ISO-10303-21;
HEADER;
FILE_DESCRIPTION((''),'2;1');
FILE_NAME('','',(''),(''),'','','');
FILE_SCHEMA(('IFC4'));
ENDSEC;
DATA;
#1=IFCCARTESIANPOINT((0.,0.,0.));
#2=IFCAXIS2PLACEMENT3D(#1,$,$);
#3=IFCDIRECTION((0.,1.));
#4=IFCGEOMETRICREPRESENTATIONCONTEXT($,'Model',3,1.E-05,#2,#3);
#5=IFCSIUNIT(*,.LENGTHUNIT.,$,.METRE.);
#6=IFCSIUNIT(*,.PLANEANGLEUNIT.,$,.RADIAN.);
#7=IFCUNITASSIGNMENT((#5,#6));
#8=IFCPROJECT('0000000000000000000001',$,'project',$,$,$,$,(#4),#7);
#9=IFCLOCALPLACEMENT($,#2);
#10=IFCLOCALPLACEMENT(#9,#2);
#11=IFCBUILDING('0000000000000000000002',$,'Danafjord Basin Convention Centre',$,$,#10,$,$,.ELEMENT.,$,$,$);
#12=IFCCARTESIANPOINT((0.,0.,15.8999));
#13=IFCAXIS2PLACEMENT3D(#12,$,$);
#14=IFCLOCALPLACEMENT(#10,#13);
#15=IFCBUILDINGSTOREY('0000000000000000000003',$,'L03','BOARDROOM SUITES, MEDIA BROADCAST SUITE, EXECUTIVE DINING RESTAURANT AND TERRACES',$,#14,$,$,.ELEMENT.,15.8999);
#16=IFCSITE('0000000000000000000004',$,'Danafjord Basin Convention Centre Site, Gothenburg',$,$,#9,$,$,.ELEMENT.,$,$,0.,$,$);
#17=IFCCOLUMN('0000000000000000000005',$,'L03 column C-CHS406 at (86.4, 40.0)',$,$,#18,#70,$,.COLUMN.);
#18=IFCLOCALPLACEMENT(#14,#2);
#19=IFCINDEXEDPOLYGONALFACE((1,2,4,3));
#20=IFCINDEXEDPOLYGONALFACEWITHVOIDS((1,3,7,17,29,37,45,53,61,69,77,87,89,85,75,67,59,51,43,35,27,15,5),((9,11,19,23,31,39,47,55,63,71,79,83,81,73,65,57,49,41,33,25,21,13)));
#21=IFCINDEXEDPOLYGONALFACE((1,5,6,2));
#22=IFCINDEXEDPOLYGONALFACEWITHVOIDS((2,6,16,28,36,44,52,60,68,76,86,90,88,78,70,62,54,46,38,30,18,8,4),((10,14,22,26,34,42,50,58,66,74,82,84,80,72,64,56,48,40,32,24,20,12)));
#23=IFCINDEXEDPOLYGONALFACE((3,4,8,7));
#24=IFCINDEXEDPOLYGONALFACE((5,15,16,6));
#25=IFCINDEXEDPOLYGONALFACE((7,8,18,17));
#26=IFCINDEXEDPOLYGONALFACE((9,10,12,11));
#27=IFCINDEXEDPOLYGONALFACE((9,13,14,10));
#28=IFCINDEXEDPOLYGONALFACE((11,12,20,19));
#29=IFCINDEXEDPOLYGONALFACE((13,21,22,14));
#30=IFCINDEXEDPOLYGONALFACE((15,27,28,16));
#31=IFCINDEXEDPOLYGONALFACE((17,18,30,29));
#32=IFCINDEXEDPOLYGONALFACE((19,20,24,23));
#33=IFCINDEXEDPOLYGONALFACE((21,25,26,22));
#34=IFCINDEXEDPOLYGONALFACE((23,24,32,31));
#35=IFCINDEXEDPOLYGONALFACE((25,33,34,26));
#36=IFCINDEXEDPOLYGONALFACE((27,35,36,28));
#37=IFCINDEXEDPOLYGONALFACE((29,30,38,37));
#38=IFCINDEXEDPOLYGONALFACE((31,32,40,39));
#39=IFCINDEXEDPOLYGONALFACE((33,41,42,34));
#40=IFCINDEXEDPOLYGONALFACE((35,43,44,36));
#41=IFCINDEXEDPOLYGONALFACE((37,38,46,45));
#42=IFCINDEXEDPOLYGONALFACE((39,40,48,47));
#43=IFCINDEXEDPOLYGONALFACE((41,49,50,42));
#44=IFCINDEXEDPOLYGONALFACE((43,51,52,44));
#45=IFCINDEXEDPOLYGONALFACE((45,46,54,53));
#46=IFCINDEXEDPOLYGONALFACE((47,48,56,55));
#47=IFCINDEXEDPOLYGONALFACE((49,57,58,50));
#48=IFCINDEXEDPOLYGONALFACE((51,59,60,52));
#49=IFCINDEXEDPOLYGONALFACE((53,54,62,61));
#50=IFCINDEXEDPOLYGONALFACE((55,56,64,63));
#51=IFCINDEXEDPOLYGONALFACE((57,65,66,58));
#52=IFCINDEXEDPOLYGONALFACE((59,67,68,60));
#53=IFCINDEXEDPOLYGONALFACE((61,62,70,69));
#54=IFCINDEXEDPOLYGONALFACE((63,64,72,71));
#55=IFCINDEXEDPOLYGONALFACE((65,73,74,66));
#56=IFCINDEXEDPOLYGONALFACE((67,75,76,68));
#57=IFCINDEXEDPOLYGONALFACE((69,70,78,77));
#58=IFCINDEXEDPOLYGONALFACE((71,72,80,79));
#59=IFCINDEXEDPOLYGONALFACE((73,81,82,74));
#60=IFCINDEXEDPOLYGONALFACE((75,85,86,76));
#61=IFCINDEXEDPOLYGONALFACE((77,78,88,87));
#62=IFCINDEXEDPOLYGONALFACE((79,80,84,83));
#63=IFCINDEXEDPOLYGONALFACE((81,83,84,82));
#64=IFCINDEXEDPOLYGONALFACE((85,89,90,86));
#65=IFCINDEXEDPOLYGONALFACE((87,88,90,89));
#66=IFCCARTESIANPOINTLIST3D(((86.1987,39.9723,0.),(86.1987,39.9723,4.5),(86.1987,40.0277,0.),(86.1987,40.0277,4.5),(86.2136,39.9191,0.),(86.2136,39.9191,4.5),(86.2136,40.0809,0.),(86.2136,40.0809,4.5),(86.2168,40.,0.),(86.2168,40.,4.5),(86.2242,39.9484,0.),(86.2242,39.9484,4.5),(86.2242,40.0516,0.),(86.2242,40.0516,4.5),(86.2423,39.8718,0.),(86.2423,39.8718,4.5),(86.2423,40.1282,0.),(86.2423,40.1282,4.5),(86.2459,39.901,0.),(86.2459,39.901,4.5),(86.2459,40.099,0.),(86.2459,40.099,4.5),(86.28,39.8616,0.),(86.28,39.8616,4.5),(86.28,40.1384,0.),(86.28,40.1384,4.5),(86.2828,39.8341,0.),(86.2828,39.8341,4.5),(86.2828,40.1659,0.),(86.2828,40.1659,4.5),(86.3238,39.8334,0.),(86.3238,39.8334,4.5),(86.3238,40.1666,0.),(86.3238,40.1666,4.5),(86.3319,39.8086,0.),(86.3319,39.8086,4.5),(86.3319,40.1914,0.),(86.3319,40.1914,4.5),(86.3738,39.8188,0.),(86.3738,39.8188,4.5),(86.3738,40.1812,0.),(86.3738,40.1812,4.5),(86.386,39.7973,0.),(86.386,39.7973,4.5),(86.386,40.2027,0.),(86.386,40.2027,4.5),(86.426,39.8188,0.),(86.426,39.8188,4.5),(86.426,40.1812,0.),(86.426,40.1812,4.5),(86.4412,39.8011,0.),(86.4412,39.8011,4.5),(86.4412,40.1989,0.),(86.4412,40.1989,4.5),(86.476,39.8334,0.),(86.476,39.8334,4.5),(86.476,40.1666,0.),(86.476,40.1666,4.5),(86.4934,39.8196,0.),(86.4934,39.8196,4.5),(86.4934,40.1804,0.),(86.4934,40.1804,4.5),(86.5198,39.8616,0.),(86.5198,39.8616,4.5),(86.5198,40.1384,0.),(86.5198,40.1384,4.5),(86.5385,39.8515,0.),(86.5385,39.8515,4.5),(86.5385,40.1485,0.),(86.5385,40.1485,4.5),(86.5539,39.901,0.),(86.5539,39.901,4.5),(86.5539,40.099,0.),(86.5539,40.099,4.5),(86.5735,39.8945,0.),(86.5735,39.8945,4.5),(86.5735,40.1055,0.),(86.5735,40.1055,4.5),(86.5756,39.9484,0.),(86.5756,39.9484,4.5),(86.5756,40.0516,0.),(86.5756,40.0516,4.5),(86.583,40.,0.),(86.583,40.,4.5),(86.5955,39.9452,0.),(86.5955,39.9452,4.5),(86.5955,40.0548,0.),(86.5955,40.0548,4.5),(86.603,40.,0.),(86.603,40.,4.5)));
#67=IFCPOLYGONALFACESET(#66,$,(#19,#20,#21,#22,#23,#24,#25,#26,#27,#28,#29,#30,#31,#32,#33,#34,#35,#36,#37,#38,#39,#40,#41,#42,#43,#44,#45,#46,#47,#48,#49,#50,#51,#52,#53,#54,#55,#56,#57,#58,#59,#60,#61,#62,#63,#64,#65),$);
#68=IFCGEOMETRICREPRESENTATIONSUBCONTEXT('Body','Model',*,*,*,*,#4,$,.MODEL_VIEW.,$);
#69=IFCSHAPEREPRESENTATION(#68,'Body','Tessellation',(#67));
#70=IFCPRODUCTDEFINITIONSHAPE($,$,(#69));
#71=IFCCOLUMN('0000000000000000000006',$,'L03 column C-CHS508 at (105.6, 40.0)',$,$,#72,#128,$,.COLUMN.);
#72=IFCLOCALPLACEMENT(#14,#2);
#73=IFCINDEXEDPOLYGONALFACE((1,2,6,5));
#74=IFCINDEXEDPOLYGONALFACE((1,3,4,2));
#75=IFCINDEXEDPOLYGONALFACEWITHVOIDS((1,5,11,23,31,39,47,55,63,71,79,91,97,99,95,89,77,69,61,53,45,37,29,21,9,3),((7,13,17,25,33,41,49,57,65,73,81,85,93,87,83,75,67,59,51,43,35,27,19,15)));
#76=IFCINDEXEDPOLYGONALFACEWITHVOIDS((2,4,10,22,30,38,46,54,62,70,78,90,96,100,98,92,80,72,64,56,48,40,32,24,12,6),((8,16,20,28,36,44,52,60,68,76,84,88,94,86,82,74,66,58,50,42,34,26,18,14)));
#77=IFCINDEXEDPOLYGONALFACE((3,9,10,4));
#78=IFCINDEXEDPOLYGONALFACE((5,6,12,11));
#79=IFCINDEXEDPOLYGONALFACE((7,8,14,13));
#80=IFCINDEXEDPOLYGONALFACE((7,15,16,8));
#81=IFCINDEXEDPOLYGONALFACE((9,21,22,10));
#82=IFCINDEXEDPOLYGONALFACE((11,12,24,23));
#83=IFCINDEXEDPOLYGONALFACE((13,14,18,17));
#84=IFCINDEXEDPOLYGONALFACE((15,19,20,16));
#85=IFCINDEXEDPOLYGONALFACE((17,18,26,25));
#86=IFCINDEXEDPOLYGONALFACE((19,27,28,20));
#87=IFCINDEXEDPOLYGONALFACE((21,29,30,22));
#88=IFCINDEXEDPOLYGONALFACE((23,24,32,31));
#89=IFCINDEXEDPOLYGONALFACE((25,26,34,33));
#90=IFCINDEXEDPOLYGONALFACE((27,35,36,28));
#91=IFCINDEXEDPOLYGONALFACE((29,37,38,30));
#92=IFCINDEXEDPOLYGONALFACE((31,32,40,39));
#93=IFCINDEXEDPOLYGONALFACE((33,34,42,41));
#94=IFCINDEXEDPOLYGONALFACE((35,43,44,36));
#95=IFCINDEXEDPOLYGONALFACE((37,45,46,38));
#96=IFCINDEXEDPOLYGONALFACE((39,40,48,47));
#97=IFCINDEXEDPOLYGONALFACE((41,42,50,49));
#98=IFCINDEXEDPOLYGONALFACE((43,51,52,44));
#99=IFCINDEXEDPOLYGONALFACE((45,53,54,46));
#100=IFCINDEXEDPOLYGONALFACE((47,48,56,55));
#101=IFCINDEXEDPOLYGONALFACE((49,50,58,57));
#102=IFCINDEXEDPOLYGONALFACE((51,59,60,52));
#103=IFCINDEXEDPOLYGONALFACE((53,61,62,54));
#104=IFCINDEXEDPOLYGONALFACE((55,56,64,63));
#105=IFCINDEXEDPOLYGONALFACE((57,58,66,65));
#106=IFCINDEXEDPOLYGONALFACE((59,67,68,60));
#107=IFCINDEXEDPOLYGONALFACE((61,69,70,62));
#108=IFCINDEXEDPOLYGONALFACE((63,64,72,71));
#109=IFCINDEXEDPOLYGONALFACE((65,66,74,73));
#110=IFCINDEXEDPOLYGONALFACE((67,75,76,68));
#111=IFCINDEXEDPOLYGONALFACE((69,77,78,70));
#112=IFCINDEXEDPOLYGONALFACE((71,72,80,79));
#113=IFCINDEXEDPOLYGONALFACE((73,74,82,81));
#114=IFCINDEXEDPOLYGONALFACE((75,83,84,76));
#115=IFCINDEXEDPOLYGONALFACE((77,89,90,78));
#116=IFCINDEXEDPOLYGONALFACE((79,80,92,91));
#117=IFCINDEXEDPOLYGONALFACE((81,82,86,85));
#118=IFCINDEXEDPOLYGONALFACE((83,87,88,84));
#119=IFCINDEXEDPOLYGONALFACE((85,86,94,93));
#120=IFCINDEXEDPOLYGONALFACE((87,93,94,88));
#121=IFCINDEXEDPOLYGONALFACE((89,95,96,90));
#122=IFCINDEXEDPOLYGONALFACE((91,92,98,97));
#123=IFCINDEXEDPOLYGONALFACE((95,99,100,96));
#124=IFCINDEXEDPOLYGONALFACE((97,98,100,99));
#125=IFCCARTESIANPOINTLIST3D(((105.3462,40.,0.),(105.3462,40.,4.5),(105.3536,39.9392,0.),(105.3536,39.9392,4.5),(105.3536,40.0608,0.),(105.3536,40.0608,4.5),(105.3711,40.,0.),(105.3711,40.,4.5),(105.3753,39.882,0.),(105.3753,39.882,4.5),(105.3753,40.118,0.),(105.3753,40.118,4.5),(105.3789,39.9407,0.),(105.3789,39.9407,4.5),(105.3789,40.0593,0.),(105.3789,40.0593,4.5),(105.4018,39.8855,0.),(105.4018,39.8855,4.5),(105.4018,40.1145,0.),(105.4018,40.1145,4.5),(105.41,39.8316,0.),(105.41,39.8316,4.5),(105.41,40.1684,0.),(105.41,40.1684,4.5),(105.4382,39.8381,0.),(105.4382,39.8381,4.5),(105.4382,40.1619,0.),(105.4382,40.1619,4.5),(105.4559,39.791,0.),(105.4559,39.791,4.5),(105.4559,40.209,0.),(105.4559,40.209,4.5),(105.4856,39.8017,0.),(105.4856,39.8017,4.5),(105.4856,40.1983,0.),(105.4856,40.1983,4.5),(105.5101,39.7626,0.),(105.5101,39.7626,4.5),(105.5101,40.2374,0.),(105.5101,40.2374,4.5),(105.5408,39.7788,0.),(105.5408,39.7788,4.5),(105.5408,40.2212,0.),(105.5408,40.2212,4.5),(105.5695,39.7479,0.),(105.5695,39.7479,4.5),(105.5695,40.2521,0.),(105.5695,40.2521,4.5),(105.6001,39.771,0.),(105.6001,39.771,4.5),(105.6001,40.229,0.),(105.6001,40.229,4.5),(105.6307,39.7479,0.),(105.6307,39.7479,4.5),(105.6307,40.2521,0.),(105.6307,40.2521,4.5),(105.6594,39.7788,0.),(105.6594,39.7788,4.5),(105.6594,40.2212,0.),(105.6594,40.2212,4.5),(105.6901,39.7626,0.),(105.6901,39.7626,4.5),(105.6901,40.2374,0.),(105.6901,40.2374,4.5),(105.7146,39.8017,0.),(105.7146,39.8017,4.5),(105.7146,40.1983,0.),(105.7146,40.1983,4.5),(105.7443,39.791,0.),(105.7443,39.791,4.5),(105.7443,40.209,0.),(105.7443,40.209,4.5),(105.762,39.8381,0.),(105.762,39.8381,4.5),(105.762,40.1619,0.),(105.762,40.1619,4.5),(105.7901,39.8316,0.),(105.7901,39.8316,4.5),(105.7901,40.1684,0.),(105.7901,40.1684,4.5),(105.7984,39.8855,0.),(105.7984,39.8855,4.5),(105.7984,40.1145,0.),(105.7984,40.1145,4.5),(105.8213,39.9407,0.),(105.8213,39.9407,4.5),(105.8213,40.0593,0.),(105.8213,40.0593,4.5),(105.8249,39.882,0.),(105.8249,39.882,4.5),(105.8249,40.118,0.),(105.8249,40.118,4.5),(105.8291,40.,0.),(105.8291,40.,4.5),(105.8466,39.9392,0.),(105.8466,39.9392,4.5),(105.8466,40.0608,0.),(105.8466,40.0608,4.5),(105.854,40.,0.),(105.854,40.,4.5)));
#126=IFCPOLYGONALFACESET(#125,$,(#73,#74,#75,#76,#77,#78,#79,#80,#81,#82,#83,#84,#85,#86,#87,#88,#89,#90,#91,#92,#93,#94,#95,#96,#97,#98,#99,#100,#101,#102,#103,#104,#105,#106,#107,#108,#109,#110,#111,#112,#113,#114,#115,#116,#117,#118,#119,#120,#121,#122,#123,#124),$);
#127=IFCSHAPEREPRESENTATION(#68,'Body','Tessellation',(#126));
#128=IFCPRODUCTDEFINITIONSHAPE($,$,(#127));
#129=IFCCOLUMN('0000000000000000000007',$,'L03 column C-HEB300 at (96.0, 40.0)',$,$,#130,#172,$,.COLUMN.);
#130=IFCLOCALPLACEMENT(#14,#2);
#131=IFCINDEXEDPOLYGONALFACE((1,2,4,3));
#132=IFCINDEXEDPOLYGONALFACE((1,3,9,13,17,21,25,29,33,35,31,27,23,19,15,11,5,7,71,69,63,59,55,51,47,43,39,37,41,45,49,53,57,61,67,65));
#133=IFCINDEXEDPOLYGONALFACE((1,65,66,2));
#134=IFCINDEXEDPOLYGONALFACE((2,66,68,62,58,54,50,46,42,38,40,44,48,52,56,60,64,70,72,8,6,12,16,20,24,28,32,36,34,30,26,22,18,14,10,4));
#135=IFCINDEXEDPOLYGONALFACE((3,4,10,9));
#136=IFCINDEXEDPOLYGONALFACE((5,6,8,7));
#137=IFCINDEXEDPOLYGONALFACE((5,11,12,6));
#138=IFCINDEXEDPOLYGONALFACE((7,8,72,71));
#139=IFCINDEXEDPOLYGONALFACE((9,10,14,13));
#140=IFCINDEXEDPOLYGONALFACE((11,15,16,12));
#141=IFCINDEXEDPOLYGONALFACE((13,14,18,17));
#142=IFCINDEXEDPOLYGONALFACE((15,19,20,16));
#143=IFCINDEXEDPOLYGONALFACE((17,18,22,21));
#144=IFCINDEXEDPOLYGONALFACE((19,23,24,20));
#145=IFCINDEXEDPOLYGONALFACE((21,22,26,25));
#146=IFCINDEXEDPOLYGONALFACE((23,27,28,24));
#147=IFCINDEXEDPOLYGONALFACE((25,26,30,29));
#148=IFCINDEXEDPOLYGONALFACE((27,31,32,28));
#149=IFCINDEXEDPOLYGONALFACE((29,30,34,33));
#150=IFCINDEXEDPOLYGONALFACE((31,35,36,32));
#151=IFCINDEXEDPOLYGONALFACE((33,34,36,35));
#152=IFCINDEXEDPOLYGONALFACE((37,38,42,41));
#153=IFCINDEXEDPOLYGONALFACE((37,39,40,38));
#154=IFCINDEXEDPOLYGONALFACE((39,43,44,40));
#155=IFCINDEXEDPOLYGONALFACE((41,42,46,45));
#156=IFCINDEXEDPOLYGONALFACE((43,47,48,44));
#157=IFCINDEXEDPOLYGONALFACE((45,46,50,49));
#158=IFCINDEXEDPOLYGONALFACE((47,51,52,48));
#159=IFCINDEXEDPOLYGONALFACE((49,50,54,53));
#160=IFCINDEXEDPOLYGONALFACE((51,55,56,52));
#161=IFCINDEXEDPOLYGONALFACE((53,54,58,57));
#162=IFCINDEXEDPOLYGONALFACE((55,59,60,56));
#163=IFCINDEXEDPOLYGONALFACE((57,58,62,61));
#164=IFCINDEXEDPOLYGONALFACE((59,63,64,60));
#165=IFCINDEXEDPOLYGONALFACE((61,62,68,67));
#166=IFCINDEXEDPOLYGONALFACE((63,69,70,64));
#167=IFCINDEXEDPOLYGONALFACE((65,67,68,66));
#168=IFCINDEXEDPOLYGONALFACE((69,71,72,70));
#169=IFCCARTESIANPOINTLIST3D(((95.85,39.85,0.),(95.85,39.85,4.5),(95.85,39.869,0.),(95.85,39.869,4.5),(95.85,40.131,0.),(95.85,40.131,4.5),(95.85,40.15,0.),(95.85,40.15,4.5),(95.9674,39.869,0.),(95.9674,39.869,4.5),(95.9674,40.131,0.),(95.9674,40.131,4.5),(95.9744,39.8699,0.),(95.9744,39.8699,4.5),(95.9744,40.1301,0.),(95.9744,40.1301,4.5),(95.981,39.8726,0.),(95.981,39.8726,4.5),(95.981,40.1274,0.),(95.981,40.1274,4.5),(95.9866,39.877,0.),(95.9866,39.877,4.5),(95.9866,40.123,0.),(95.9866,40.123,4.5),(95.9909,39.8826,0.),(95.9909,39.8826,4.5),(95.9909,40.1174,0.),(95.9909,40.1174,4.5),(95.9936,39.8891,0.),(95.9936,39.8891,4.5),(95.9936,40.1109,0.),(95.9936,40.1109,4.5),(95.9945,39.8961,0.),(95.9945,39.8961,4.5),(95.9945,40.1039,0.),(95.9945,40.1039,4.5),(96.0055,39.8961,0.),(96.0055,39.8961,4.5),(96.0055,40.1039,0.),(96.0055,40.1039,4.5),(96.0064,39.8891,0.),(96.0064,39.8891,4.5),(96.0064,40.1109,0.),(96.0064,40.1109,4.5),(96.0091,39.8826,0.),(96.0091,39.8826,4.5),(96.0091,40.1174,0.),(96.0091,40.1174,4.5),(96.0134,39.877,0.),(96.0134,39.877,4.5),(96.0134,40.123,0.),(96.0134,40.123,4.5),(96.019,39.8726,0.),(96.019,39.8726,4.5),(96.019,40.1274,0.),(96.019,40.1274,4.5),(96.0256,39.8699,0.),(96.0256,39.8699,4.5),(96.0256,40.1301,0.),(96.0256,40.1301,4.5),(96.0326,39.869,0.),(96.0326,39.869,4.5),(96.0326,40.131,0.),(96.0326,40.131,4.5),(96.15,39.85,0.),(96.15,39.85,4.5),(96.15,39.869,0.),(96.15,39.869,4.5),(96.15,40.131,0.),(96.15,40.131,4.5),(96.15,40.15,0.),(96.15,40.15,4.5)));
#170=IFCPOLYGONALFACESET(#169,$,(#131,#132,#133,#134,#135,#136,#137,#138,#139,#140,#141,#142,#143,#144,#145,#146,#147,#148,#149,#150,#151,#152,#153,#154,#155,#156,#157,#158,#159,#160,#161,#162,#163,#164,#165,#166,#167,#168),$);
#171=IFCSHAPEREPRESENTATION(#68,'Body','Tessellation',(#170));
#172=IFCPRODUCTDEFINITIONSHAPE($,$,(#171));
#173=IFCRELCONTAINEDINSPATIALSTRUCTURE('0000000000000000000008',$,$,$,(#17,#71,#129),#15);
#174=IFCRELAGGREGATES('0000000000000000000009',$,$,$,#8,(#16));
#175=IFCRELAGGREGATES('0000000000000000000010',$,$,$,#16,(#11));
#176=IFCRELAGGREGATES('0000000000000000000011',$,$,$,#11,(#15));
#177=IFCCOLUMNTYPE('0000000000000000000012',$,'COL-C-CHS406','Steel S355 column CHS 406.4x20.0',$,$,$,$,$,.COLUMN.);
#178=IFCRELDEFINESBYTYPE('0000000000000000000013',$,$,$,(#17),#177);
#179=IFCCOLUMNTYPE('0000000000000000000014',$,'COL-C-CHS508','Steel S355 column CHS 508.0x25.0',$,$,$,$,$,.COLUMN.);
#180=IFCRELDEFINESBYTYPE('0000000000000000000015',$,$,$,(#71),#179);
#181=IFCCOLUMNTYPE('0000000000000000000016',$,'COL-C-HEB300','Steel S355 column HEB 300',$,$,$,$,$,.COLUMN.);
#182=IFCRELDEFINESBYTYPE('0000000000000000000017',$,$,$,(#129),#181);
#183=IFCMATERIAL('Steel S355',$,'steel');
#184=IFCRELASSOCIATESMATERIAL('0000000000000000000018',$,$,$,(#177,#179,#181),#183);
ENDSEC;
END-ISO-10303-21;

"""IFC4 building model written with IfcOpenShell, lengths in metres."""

from ifc_helpers import new_model, si_unit, direction, frame, origin, origin_2d, place, context, subcontext, project, spatial, hollow_circle, i_section, extrude, material, material_profile, profile_set, type_object, element, save


model = new_model("IFC4")

# Units and contexts
model_context = context("Model", 3, precision=1e-05, world=origin(), true_north=direction((0.0, 1.0)))
body_context = subcontext(model_context, "Body", "Model", "MODEL_VIEW")
ifc_project = project(units=[si_unit("LENGTHUNIT", "METRE"), si_unit("PLANEANGLEUNIT", "RADIAN")], contexts=[model_context])

# Site, building, storey
site_placement = place(None, origin())
site = spatial("IfcSite", under=ifc_project, at=site_placement, Name="Danafjord Basin Convention Centre Site, Gothenburg", CompositionType="ELEMENT", RefElevation=0.0)
building_placement = place(site_placement, origin())
building = spatial("IfcBuilding", under=site, at=building_placement, Name="Danafjord Basin Convention Centre", CompositionType="ELEMENT")
storey_placement = place(building_placement, frame((0.0, 0.0, 15.8999)))
storey = spatial("IfcBuildingStorey", under=building, at=storey_placement, Name="L03", Description="BOARDROOM SUITES, MEDIA BROADCAST SUITE, EXECUTIVE DINING RESTAURANT AND TERRACES", CompositionType="ELEMENT", Elevation=15.8999)

# Columns
ifc_material_1 = material(Name="Steel S355", Category="steel")
ifc_material_profile_1 = material_profile(ifc_material_1, hollow_circle(Radius=0.2031, WallThickness=0.02, at=origin_2d()), Name="CHS 406.4x20.0")
ifc_profile_set_1 = profile_set([ifc_material_profile_1], Name="Steel S355")
column_type_1 = type_object("IfcColumnType", Name="COL-C-CHS406", Description="Steel S355 column CHS 406.4x20.0", PredefinedType="COLUMN", material=ifc_profile_set_1)
column_1_placement = place(storey_placement, frame((86.3999, 40.0, 0.0), z_axis=(0.0, 0.0, 1.0), x_axis=(1.0, 0.0, 0.0)))
element("IfcColumn", 1, at=column_1_placement, inside=storey, type_object=column_type_1, Name="L03 column C-CHS406 at (86.4, 40.0)", PredefinedType="COLUMN", context=body_context, shape_type="SweptSolid", body=[
    extrude(hollow_circle(Radius=0.2031, WallThickness=0.02, at=origin_2d()), origin(), (0.0, 0.0, 1.0), 4.5),
])
ifc_material_profile_2 = material_profile(ifc_material_1, hollow_circle(Radius=0.2539, WallThickness=0.0249, at=origin_2d()), Name="CHS 508.0x25.0")
ifc_profile_set_2 = profile_set([ifc_material_profile_2], Name="Steel S355")
column_type_2 = type_object("IfcColumnType", Name="COL-C-CHS508", Description="Steel S355 column CHS 508.0x25.0", PredefinedType="COLUMN", material=ifc_profile_set_2)
column_2_placement = place(storey_placement, frame((105.6001, 40.0, 0.0), z_axis=(0.0, 0.0, 1.0), x_axis=(1.0, 0.0, 0.0)))
element("IfcColumn", 2, at=column_2_placement, inside=storey, type_object=column_type_2, Name="L03 column C-CHS508 at (105.6, 40.0)", PredefinedType="COLUMN", context=body_context, shape_type="SweptSolid", body=[
    extrude(hollow_circle(Radius=0.2539, WallThickness=0.0249, at=origin_2d()), origin(), (0.0, 0.0, 1.0), 4.5),
])
ifc_material_profile_3 = material_profile(ifc_material_1, i_section(OverallWidth=0.3, OverallDepth=0.3, WebThickness=0.011, FlangeThickness=0.019, FilletRadius=0.0271, at=origin_2d()), Name="HEB 300")
ifc_profile_set_3 = profile_set([ifc_material_profile_3], Name="Steel S355")
column_type_3 = type_object("IfcColumnType", Name="COL-C-HEB300", Description="Steel S355 column HEB 300", PredefinedType="COLUMN", material=ifc_profile_set_3)
column_3_placement = place(storey_placement, frame((96.0, 40.0, 0.0), z_axis=(0.0, 0.0, 1.0), x_axis=(1.0, 0.0, 0.0)))
element("IfcColumn", 3, at=column_3_placement, inside=storey, type_object=column_type_3, Name="L03 column C-HEB300 at (96.0, 40.0)", PredefinedType="COLUMN", context=body_context, shape_type="SweptSolid", body=[
    extrude(i_section(OverallWidth=0.3, OverallDepth=0.3, WebThickness=0.011, FlangeThickness=0.019, FilletRadius=0.0271, at=origin_2d()), origin(), (0.0, 0.0, 1.0), 4.5),
])

save(model, "model.ifc")
